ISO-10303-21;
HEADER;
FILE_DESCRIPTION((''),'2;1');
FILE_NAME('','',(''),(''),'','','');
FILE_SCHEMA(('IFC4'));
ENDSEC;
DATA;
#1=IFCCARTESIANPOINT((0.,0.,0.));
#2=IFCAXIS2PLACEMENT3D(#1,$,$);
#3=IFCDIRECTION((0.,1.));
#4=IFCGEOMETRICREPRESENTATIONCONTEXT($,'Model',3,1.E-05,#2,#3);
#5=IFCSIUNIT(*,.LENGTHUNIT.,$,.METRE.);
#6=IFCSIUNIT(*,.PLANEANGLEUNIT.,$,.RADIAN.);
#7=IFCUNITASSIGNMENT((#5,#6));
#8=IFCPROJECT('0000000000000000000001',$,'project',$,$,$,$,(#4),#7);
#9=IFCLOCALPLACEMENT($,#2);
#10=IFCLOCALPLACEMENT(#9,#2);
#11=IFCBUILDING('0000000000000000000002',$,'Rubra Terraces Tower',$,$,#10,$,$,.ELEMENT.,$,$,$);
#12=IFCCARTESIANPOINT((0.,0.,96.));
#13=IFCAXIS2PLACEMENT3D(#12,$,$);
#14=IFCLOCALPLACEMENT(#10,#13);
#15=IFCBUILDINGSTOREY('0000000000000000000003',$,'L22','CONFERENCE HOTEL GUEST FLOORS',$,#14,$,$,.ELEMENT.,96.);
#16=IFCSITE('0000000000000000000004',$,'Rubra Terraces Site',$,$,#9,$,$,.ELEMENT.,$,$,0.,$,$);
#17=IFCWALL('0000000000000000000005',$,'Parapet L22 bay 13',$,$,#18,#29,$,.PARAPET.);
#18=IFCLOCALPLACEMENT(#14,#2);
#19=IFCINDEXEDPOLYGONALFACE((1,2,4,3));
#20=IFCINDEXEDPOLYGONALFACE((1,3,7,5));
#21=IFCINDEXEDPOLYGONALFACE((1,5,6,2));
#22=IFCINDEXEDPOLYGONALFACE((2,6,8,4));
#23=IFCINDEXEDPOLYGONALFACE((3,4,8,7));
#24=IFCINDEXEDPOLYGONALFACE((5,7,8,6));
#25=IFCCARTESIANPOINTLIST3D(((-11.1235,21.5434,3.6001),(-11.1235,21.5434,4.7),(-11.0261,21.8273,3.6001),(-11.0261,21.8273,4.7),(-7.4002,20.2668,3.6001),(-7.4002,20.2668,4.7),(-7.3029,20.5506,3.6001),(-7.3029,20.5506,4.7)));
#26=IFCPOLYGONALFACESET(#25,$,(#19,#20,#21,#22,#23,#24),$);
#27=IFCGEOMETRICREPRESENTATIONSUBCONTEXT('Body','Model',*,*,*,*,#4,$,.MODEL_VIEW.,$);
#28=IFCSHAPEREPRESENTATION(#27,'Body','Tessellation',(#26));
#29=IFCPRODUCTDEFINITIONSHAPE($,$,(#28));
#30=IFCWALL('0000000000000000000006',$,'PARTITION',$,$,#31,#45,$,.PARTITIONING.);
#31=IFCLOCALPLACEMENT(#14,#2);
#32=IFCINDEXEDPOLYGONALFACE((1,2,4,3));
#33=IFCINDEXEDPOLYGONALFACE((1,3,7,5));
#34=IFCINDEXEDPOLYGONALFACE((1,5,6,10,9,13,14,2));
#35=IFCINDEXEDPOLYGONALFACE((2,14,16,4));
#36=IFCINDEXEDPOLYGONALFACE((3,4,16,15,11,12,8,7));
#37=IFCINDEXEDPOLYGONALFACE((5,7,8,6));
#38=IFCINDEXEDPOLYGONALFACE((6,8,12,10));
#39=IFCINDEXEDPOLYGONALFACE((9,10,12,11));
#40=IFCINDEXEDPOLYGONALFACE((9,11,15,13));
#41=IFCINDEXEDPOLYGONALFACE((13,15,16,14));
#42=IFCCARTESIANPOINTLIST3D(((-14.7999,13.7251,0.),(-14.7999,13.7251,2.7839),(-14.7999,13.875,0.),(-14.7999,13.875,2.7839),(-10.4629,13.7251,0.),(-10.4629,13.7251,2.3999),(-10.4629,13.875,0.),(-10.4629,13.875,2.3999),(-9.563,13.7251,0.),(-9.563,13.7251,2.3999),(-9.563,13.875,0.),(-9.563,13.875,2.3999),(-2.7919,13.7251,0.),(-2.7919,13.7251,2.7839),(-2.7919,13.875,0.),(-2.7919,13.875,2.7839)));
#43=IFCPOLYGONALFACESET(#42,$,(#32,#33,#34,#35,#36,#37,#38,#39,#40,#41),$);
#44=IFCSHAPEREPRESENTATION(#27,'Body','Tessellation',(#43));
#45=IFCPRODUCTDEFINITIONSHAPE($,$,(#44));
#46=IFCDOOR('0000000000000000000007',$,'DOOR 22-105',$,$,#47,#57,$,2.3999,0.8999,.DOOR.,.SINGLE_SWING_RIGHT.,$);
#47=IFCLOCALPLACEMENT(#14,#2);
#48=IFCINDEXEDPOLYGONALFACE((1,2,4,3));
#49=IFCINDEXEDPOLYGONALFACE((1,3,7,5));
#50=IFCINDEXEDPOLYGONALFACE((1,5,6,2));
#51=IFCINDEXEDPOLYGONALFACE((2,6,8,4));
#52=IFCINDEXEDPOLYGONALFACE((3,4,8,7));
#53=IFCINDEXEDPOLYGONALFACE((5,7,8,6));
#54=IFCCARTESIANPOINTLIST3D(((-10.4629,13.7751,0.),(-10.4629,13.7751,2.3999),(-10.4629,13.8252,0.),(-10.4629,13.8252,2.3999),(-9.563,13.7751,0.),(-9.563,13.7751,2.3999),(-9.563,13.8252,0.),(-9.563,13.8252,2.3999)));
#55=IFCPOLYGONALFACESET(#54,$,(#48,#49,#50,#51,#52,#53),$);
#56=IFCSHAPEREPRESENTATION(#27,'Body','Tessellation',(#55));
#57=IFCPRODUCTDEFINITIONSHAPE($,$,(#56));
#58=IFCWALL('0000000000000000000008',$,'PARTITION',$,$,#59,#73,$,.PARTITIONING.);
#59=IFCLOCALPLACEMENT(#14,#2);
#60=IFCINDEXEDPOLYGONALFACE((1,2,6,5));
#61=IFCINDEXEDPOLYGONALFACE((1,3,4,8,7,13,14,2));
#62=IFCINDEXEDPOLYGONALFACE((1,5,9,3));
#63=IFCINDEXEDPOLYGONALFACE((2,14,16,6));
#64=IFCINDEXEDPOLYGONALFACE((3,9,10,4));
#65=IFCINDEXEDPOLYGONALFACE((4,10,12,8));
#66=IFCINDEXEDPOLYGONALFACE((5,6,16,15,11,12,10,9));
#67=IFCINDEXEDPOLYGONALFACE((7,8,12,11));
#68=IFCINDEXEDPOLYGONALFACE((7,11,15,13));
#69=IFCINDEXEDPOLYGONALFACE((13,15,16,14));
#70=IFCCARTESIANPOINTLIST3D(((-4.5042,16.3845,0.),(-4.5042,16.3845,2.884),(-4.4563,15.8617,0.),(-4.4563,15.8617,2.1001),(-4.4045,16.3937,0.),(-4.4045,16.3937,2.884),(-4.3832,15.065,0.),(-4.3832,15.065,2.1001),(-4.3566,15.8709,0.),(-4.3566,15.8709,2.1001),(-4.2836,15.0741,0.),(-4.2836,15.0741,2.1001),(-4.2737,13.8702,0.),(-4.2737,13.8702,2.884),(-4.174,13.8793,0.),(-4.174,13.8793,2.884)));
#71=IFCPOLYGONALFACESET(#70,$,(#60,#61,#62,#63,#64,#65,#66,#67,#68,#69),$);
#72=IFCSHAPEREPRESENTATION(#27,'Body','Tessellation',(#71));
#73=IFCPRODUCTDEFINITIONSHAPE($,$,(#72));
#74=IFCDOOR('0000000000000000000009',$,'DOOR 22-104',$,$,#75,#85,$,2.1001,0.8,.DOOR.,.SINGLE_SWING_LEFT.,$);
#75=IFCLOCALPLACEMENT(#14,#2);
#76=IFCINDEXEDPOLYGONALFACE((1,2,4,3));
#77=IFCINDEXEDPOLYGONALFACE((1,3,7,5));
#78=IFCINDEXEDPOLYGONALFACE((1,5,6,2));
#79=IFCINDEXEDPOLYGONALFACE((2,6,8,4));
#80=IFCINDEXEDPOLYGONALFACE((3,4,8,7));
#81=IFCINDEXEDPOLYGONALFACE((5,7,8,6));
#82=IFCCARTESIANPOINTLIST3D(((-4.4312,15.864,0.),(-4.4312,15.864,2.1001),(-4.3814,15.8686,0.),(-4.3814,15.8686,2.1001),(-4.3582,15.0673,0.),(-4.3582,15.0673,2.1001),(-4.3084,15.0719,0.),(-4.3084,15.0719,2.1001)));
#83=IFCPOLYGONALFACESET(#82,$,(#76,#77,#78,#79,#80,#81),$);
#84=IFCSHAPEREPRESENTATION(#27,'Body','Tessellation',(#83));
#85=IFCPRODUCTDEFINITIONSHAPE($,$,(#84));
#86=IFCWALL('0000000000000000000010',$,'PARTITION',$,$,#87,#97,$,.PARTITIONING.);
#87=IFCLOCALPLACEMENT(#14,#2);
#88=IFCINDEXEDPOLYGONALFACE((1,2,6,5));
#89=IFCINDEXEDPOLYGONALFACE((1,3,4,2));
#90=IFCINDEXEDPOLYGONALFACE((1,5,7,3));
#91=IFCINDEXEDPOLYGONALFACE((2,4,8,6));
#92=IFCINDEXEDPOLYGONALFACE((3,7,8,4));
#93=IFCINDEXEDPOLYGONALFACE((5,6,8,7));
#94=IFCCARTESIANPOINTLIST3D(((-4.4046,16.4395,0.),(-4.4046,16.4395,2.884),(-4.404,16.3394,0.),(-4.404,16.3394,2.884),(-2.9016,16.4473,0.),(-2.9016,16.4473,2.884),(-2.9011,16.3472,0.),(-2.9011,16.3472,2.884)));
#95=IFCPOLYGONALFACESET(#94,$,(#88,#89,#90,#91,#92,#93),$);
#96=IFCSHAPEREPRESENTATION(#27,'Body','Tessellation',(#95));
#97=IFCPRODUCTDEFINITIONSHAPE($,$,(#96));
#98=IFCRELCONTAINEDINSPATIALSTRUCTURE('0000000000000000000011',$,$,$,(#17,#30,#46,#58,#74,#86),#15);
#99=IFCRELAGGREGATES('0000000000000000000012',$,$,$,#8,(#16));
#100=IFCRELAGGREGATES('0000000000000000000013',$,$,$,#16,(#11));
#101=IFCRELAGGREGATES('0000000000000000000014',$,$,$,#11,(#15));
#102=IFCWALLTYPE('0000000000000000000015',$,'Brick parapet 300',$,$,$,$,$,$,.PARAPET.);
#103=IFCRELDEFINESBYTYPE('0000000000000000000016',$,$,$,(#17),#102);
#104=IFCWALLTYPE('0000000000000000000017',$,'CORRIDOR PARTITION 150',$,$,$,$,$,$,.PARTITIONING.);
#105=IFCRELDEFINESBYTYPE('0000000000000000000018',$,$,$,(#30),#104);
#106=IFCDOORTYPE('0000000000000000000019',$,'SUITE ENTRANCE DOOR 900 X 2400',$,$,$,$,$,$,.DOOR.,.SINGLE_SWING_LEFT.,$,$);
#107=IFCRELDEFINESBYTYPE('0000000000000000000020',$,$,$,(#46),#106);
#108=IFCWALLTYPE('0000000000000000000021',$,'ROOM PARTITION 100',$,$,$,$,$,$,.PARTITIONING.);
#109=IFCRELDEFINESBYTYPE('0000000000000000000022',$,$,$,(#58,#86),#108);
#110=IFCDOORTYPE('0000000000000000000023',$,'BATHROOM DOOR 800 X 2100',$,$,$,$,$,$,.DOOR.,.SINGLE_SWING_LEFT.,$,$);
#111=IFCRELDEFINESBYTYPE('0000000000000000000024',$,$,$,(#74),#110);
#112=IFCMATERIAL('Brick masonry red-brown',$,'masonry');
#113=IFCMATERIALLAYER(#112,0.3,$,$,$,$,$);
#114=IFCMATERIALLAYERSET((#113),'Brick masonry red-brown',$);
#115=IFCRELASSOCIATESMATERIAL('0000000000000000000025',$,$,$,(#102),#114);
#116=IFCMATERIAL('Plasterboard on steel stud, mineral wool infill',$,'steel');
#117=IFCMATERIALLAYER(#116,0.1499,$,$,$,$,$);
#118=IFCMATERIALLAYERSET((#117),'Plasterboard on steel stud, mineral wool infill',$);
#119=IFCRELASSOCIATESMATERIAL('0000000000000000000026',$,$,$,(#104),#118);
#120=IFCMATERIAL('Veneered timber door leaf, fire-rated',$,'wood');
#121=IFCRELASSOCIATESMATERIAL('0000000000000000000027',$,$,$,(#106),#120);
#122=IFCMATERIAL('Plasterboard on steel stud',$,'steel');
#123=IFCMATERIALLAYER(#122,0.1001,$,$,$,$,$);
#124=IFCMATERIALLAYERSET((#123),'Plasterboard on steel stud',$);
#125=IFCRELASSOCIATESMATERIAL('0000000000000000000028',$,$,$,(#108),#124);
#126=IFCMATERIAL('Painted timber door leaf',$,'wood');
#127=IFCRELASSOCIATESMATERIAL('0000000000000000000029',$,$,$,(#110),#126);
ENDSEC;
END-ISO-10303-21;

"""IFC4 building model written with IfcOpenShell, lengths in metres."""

from ifc_helpers import new_model, si_unit, direction, frame, frame_2d, origin, place, context, subcontext, project, spatial, rectangle, extrude, material, layer, layer_set, type_object, element, fill, save


model = new_model("IFC4")

# Units and contexts
model_context = context("Model", 3, precision=1e-05, world=origin(), true_north=direction((0.0, 1.0)))
body_context = subcontext(model_context, "Body", "Model", "MODEL_VIEW")
ifc_project = project(units=[si_unit("LENGTHUNIT", "METRE"), si_unit("PLANEANGLEUNIT", "RADIAN")], contexts=[model_context])

# Site, building, storey
site_placement = place(None, origin())
site = spatial("IfcSite", under=ifc_project, at=site_placement, Name="Rubra Terraces Site", CompositionType="ELEMENT", RefElevation=0.0)
building_placement = place(site_placement, origin())
building = spatial("IfcBuilding", under=site, at=building_placement, Name="Rubra Terraces Tower", CompositionType="ELEMENT")
storey_placement = place(building_placement, frame((0.0, 0.0, 96.0)))
storey = spatial("IfcBuildingStorey", under=building, at=storey_placement, Name="L22", Description="CONFERENCE HOTEL GUEST FLOORS", CompositionType="ELEMENT", Elevation=96.0)

# Shared definitions
ifc_material_1 = material(Name="Brick masonry red-brown", Category="masonry")

# Wall
ifc_layer_1 = layer(ifc_material_1, 0.3)
ifc_layer_set_1 = layer_set([ifc_layer_1], Name="Brick masonry red-brown")
wall_type_1 = type_object("IfcWallType", Name="Brick parapet 300", PredefinedType="PARAPET", material=ifc_layer_set_1)
wall_1_placement = place(storey_placement, frame((-7.3516, 20.4087, 3.6001), z_axis=(0.0, 0.0, 1.0), x_axis=(-0.945938, 0.324348, 0.0)))
element("IfcWall", 1, at=wall_1_placement, inside=storey, type_object=wall_type_1, Name="Parapet L22 bay 13", PredefinedType="PARAPET", context=body_context, shape_type="SweptSolid", body=[
    extrude(rectangle(XDim=3.936, YDim=0.3, at=frame_2d((1.968, 0.0))), origin(), (0.0, 0.0, 1.0), 1.0999),
])

# Walls, openings, doors
ifc_material_2 = material(Name="Plasterboard on steel stud, mineral wool infill", Category="steel")
ifc_layer_2 = layer(ifc_material_2, 0.1499)
ifc_layer_set_2 = layer_set([ifc_layer_2], Name="Plasterboard on steel stud, mineral wool infill")
wall_type_2 = type_object("IfcWallType", Name="CORRIDOR PARTITION 150", PredefinedType="PARTITIONING", material=ifc_layer_set_2)
wall_2_placement = place(storey_placement, frame((-2.792, 13.8, 0.0), z_axis=(0.0, 0.0, 1.0), x_axis=(-1.0, 0.0, 0.0)))
wall_2 = element("IfcWall", 2, at=wall_2_placement, inside=storey, type_object=wall_type_2, Name="PARTITION", PredefinedType="PARTITIONING", context=body_context, shape_type="SweptSolid", body=[
    extrude(rectangle(XDim=12.0081, YDim=0.1499, at=frame_2d((6.0039, 0.0))), origin(), (0.0, 0.0, 1.0), 2.7839),
])
opening_1_placement = place(wall_2_placement, frame((6.771, 0.0, 0.0)))
opening_1 = element("IfcOpeningElement", 3, at=opening_1_placement, cuts=wall_2, PredefinedType="OPENING", context=body_context, shape_type="SweptSolid", body=[
    extrude(rectangle(XDim=0.8999, YDim=2.3999, at=frame_2d((0.45, 1.2))), frame((0.0, 0.085, 0.0), z_axis=(0.0, -1.0, 0.0), x_axis=(1.0, 0.0, 0.0)), (0.0, 0.0, 1.0), 0.1699),
])
ifc_material_3 = material(Name="Veneered timber door leaf, fire-rated", Category="wood")
door_type_1 = type_object("IfcDoorType", Name="SUITE ENTRANCE DOOR 900 X 2400", OperationType="SINGLE_SWING_LEFT", PredefinedType="DOOR", material=ifc_material_3)
door_1_placement = place(opening_1_placement, origin())
door_1 = element("IfcDoor", 4, at=door_1_placement, inside=storey, type_object=door_type_1, Name="DOOR 22-105", OperationType="SINGLE_SWING_RIGHT", OverallHeight=2.3999, OverallWidth=0.8999, PredefinedType="DOOR", context=body_context, shape_type="SweptSolid", body=[
    extrude(rectangle(XDim=0.8999, YDim=2.3999, at=frame_2d((0.45, 1.2))), frame((0.0, 0.0249, 0.0), z_axis=(0.0, -1.0, 0.0), x_axis=(1.0, 0.0, 0.0)), (0.0, 0.0, 1.0), 0.05),
])
fill(opening_1, door_1)
ifc_material_4 = material(Name="Plasterboard on steel stud", Category="steel")
ifc_layer_3 = layer(ifc_material_4, 0.1001)
ifc_layer_set_3 = layer_set([ifc_layer_3], Name="Plasterboard on steel stud")
wall_type_3 = type_object("IfcWallType", Name="ROOM PARTITION 100", PredefinedType="PARTITIONING", material=ifc_layer_set_3)
wall_3_placement = place(storey_placement, frame((-4.2239, 13.8748, 0.0), z_axis=(0.0, 0.0, 1.0), x_axis=(-0.091277, 0.995826, 0.0)))
wall_3 = element("IfcWall", 5, at=wall_3_placement, inside=storey, type_object=wall_type_3, Name="PARTITION", PredefinedType="PARTITIONING", context=body_context, shape_type="SweptSolid", body=[
    extrude(rectangle(XDim=2.5249, YDim=0.1001, at=frame_2d((1.2625, 0.0))), origin(), (0.0, 0.0, 1.0), 2.884),
])
opening_2_placement = place(wall_3_placement, frame((1.2, 0.0, 0.0)))
opening_2 = element("IfcOpeningElement", 6, at=opening_2_placement, cuts=wall_3, PredefinedType="OPENING", context=body_context, shape_type="SweptSolid", body=[
    extrude(rectangle(XDim=0.8, YDim=2.1001, at=frame_2d((0.3999, 1.05))), frame((0.0, 0.0601, 0.0), z_axis=(0.0, -1.0, 0.0), x_axis=(1.0, 0.0, 0.0)), (0.0, 0.0, 1.0), 0.1201),
])
ifc_material_5 = material(Name="Painted timber door leaf", Category="wood")
door_type_2 = type_object("IfcDoorType", Name="BATHROOM DOOR 800 X 2100", OperationType="SINGLE_SWING_LEFT", PredefinedType="DOOR", material=ifc_material_5)
door_2_placement = place(opening_2_placement, origin())
door_2 = element("IfcDoor", 7, at=door_2_placement, inside=storey, type_object=door_type_2, Name="DOOR 22-104", OperationType="SINGLE_SWING_LEFT", OverallHeight=2.1001, OverallWidth=0.8, PredefinedType="DOOR", context=body_context, shape_type="SweptSolid", body=[
    extrude(rectangle(XDim=0.8, YDim=2.1001, at=frame_2d((0.3999, 1.05))), frame((0.0, 0.0249, 0.0), z_axis=(0.0, -1.0, 0.0), x_axis=(1.0, 0.0, 0.0)), (0.0, 0.0, 1.0), 0.05),
])
fill(opening_2, door_2)

# Wall
wall_4_placement = place(storey_placement, frame((-4.4043, 16.3894, 0.0), z_axis=(0.0, 0.0, 1.0), x_axis=(0.999986, 0.005198, 0.0)))
element("IfcWall", 8, at=wall_4_placement, inside=storey, type_object=wall_type_3, Name="PARTITION", PredefinedType="PARTITIONING", context=body_context, shape_type="SweptSolid", body=[
    extrude(rectangle(XDim=1.5029, YDim=0.1001, at=frame_2d((0.7515, 0.0))), origin(), (0.0, 0.0, 1.0), 2.884),
])

save(model, "model.ifc")
